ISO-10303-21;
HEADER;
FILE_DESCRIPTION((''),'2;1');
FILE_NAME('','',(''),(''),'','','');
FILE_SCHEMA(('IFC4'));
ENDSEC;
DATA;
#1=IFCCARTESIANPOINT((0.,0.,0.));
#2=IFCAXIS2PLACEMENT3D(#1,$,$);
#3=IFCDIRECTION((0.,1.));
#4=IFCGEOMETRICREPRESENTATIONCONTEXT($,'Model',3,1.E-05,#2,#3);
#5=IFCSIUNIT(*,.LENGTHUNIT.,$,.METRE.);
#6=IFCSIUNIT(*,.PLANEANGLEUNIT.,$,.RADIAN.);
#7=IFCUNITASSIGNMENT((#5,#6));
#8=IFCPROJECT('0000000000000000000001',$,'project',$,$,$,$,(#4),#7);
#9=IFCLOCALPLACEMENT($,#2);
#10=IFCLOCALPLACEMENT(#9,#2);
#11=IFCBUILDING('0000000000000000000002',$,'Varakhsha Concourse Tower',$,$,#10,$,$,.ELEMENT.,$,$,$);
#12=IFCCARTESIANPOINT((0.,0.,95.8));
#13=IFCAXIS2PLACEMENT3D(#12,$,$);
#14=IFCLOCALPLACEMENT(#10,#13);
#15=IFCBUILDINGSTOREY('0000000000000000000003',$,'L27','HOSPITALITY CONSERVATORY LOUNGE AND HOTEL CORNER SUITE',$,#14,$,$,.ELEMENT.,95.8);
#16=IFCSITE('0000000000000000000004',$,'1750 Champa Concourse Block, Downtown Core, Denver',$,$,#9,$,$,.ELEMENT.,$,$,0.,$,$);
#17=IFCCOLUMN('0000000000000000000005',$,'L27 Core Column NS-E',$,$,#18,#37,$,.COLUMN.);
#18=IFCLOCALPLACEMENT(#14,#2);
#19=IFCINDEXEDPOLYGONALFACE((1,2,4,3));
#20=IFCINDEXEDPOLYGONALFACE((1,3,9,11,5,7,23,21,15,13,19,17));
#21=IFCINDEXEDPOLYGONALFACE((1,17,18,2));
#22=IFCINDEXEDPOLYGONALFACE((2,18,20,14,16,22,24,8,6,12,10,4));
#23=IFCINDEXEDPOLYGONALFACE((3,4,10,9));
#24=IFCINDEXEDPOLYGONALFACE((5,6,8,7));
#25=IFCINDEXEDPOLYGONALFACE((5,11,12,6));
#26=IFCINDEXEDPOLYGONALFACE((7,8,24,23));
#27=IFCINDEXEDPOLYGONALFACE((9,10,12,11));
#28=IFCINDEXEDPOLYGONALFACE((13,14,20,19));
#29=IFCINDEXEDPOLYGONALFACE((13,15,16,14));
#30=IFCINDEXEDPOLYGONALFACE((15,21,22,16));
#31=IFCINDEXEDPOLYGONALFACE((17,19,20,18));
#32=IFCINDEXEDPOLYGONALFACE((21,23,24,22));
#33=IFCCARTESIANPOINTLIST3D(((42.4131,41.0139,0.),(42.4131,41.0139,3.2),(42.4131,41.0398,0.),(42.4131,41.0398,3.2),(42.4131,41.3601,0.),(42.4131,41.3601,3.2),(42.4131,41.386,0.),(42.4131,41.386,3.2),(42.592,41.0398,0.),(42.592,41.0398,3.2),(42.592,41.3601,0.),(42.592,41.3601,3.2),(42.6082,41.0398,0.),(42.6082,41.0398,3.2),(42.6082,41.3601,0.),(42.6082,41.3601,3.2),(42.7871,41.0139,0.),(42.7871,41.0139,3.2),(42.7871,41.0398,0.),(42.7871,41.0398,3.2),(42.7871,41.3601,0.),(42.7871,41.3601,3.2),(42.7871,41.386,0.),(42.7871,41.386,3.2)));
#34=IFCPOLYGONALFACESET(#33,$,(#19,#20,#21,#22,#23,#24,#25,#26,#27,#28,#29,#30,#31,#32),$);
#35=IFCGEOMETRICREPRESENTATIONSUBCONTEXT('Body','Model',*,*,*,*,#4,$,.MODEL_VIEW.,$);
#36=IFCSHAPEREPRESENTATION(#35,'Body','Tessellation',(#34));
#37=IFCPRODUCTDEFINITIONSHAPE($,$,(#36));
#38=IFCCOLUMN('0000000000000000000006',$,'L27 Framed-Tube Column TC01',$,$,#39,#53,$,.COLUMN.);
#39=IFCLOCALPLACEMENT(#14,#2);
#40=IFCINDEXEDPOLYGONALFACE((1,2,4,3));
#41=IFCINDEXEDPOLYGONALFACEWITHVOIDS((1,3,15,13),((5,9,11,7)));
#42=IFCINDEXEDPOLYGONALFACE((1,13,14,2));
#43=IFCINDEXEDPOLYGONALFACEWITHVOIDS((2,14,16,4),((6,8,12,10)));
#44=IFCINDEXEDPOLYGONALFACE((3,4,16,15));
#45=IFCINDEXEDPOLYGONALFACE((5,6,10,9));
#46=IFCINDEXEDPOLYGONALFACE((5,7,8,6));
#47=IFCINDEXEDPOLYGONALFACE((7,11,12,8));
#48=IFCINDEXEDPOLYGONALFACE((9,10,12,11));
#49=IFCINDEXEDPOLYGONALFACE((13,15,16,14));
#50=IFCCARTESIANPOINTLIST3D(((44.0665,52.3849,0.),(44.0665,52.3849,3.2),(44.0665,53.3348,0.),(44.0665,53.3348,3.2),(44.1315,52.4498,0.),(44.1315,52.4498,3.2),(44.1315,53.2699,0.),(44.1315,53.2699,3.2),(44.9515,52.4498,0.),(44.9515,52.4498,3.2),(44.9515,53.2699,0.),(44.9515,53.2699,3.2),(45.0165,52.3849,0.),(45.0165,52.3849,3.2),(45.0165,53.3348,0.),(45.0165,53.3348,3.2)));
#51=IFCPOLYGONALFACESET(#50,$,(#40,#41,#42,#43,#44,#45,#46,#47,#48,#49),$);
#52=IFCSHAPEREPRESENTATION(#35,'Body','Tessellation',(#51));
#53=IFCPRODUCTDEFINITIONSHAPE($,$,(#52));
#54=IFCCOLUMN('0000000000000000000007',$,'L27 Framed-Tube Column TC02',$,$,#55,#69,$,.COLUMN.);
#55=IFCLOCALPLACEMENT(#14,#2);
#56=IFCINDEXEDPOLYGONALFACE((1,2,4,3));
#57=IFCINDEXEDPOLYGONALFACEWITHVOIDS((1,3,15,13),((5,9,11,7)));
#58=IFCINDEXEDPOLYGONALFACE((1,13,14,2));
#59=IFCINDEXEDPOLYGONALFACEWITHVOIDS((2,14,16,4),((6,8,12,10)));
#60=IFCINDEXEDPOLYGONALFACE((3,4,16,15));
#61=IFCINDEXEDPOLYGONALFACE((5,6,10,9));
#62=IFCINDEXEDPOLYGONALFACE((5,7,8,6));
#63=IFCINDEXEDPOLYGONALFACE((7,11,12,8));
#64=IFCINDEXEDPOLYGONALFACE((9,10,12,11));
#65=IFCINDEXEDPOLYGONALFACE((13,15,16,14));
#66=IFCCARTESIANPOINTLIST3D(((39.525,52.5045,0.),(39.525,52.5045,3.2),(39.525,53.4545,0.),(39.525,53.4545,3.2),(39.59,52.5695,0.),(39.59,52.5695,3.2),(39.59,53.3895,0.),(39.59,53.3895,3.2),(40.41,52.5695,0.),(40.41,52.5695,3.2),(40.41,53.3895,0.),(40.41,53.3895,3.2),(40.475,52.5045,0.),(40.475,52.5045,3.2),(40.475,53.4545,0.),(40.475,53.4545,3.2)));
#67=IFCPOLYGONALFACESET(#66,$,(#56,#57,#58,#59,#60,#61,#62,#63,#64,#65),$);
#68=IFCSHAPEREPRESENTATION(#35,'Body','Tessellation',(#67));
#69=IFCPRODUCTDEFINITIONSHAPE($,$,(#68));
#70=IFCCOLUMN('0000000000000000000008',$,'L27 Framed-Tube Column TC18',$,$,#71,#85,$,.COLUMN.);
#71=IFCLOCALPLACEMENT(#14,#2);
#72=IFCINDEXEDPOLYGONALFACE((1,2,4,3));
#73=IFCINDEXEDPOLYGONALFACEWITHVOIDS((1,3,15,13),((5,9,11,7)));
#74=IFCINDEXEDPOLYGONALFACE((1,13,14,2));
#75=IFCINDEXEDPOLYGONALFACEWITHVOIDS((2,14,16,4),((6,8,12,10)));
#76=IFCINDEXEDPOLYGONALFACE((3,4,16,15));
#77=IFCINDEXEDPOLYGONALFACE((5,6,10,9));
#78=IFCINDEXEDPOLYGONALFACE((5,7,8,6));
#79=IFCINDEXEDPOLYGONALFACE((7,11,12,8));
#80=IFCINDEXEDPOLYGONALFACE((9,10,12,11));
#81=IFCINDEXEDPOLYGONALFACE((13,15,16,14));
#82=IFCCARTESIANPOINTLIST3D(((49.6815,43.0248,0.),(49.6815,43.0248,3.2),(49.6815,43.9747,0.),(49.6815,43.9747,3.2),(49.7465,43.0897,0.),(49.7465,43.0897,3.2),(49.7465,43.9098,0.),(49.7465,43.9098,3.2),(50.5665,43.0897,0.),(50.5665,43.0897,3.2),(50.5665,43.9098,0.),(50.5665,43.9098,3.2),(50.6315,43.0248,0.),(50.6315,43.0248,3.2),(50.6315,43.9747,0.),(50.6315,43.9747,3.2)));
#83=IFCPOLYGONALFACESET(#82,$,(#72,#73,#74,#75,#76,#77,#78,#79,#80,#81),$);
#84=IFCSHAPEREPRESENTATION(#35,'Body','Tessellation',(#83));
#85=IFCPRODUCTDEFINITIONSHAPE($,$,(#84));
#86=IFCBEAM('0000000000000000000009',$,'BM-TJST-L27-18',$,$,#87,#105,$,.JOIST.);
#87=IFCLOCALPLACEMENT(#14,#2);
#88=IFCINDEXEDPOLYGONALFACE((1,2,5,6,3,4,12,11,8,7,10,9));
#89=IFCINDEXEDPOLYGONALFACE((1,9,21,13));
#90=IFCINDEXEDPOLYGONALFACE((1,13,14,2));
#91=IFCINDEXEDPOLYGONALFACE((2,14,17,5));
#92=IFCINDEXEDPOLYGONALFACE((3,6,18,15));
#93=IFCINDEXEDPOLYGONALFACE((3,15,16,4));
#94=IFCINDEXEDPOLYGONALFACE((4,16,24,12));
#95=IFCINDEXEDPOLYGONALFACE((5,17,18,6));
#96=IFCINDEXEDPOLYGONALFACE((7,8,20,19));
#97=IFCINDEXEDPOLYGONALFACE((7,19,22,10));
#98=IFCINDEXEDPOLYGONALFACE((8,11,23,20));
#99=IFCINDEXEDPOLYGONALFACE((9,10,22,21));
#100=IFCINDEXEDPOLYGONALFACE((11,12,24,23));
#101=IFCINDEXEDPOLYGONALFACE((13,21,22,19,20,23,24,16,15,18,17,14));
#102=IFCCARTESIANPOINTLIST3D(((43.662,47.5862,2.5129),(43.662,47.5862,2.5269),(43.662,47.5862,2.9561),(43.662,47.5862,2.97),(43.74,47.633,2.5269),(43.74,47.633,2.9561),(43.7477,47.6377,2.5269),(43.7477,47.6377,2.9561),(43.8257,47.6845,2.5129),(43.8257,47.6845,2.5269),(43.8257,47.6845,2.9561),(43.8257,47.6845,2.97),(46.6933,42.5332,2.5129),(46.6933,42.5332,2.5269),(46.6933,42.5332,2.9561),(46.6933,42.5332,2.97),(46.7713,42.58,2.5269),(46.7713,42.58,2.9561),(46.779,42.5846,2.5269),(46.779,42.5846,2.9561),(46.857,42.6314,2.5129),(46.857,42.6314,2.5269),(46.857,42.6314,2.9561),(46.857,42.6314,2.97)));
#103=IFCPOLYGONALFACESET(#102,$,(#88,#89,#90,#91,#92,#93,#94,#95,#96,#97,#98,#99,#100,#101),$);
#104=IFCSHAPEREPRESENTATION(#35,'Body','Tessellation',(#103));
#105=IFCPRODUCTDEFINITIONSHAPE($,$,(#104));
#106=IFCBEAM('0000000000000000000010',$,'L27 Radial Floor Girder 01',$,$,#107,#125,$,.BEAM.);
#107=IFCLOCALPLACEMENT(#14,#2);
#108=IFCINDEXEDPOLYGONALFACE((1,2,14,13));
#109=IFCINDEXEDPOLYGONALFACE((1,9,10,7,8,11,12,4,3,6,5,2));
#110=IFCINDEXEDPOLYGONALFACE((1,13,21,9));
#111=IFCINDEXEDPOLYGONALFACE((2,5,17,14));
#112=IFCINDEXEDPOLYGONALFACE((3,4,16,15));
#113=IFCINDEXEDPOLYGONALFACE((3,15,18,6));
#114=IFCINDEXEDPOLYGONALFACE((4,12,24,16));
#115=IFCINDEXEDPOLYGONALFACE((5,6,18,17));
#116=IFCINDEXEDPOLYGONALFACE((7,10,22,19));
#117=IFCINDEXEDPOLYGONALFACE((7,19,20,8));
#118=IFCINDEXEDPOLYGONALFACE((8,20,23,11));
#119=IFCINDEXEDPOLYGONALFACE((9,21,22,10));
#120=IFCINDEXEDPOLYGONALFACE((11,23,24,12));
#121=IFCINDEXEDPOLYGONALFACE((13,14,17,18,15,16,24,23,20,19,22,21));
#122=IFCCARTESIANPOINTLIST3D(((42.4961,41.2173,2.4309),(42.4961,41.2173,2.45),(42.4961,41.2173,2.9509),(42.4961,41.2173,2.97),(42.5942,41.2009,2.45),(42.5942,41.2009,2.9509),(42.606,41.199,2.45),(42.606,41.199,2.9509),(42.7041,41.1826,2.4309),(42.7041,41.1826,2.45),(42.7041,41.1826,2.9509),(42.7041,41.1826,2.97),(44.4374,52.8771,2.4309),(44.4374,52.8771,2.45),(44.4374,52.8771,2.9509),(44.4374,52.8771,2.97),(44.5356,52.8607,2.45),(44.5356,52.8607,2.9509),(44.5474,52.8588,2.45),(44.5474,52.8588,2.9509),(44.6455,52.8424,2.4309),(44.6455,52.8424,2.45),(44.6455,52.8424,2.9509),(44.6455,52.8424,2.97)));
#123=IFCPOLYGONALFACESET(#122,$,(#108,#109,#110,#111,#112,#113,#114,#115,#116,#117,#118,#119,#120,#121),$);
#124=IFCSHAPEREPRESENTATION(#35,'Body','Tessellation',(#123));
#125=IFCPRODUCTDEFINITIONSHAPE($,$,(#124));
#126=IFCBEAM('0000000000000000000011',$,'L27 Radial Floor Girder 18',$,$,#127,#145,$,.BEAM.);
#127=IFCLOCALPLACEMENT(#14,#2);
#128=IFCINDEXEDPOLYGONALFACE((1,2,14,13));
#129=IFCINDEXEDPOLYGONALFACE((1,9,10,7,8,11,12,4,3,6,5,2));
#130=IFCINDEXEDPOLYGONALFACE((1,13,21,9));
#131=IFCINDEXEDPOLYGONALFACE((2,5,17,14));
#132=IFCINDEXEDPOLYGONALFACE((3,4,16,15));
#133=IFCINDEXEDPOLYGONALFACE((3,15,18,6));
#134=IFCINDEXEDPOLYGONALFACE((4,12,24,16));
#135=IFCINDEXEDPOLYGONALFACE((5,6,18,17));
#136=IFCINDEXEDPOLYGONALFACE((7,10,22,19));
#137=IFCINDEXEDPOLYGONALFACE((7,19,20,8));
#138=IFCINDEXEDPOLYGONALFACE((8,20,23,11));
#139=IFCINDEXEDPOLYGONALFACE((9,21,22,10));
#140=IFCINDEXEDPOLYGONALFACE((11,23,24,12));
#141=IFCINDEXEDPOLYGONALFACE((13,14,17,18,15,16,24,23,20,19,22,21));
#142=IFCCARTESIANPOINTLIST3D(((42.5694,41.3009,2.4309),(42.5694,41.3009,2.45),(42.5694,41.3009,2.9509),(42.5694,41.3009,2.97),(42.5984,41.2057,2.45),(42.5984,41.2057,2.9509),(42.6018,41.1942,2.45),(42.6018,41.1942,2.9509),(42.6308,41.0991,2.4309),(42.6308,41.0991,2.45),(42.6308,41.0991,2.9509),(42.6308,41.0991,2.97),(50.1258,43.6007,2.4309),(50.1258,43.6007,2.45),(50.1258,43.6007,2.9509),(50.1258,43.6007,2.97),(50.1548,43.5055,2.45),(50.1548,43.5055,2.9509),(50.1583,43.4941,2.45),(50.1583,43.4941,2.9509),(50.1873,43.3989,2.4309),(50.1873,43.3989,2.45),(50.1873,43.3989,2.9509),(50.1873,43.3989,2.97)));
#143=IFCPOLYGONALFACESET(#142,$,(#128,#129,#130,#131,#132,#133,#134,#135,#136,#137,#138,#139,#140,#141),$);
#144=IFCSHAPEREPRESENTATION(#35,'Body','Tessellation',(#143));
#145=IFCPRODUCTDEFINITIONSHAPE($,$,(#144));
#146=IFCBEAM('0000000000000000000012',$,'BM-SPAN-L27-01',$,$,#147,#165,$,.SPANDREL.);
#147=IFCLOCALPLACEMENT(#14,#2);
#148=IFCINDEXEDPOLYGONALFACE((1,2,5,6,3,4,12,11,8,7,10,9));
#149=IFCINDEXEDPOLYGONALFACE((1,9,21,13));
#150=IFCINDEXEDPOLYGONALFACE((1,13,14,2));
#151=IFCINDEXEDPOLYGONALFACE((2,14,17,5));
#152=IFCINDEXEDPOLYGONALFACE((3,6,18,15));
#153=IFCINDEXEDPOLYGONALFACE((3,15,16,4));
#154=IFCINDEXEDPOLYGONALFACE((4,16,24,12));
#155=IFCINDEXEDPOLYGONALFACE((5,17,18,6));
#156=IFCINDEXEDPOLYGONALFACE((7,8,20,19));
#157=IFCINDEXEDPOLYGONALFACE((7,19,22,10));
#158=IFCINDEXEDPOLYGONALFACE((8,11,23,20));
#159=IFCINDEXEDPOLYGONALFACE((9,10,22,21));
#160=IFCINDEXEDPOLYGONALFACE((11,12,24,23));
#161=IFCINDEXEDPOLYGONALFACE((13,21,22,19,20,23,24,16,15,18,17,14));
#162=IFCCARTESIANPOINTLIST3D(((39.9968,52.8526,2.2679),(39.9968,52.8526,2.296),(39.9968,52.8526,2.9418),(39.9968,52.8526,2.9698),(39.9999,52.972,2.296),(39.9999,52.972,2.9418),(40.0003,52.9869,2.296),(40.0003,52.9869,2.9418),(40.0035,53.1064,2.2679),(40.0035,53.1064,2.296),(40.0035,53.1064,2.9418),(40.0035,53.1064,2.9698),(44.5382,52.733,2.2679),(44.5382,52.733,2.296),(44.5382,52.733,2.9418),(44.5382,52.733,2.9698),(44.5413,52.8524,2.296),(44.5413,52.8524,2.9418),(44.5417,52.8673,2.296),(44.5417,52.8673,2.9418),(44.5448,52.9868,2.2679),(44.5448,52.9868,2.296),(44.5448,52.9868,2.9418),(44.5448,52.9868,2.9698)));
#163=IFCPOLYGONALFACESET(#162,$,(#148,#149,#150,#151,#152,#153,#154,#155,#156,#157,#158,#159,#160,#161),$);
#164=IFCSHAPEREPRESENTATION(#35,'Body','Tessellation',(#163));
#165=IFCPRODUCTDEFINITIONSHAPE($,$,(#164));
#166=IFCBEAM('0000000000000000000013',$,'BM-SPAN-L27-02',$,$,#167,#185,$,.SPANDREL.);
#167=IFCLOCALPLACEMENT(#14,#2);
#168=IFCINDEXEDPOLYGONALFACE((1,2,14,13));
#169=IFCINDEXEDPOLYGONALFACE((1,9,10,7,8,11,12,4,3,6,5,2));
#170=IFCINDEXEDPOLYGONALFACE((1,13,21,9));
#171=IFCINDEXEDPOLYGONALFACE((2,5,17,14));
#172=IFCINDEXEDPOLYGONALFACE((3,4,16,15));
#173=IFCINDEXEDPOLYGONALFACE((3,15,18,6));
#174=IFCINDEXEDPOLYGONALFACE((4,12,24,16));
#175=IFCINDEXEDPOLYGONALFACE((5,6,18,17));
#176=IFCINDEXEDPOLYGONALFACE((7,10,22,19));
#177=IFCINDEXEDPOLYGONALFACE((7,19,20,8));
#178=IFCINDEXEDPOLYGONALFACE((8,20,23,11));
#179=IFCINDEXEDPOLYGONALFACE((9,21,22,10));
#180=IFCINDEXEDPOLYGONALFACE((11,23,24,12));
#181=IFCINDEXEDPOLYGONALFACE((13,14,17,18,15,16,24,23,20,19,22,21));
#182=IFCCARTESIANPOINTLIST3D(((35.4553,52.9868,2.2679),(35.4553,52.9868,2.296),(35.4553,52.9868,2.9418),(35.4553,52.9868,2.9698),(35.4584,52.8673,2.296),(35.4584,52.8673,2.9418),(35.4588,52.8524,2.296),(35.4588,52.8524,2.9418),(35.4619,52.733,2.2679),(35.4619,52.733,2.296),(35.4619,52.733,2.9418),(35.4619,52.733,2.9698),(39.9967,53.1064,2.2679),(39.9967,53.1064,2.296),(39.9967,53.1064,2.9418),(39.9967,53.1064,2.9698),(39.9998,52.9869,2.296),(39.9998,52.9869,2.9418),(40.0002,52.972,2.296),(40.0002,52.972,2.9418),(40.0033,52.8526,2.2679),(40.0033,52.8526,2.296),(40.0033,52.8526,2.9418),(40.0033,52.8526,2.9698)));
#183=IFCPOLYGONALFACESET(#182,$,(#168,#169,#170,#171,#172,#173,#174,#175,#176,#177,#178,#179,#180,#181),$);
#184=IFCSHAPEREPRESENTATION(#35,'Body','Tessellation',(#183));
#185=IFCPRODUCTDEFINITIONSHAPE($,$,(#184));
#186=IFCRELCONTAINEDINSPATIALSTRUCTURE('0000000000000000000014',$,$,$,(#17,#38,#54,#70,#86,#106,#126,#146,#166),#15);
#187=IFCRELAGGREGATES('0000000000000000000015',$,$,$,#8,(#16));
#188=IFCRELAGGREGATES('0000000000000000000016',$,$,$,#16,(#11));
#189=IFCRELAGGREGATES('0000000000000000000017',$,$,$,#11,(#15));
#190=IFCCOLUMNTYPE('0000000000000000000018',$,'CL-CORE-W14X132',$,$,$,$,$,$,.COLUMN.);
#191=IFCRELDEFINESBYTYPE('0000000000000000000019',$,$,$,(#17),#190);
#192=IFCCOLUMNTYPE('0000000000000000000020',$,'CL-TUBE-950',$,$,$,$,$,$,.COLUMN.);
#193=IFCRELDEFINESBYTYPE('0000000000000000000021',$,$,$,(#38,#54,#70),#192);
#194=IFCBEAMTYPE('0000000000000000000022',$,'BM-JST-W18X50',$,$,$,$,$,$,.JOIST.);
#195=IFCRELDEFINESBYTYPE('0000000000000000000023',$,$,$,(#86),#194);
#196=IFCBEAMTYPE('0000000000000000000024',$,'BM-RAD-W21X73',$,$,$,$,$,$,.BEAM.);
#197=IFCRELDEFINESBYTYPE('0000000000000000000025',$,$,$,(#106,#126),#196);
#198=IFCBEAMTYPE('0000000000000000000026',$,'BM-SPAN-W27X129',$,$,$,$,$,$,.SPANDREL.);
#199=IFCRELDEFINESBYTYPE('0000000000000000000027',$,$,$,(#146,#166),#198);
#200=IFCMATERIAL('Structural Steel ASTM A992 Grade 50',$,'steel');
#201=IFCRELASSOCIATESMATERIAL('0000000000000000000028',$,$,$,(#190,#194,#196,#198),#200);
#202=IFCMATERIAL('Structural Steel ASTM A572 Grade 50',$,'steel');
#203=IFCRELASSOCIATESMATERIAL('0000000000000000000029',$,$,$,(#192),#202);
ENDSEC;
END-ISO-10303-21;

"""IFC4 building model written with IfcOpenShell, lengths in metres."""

from ifc_helpers import new_model, si_unit, direction, frame, origin, origin_2d, place, context, subcontext, project, spatial, hollow_rectangle, i_section, extrude, material, material_profile, profile_set, type_object, element, save


model = new_model("IFC4")

# Units and contexts
model_context = context("Model", 3, precision=1e-05, world=origin(), true_north=direction((0.0, 1.0)))
body_context = subcontext(model_context, "Body", "Model", "MODEL_VIEW")
ifc_project = project(units=[si_unit("LENGTHUNIT", "METRE"), si_unit("PLANEANGLEUNIT", "RADIAN")], contexts=[model_context])

# Site, building, storey
site_placement = place(None, origin())
site = spatial("IfcSite", under=ifc_project, at=site_placement, Name="1750 Champa Concourse Block, Downtown Core, Denver", CompositionType="ELEMENT", RefElevation=0.0)
building_placement = place(site_placement, origin())
building = spatial("IfcBuilding", under=site, at=building_placement, Name="Varakhsha Concourse Tower", CompositionType="ELEMENT")
storey_placement = place(building_placement, frame((0.0, 0.0, 95.8)))
storey = spatial("IfcBuildingStorey", under=building, at=storey_placement, Name="L27", Description="HOSPITALITY CONSERVATORY LOUNGE AND HOTEL CORNER SUITE", CompositionType="ELEMENT", Elevation=95.8)

# Columns
ifc_material_1 = material(Name="Structural Steel ASTM A992 Grade 50", Category="steel")
ifc_material_profile_1 = material_profile(ifc_material_1, i_section(OverallWidth=0.374, OverallDepth=0.3721, WebThickness=0.0161, FlangeThickness=0.0259, at=origin_2d()), Name="W14X132")
ifc_profile_set_1 = profile_set([ifc_material_profile_1], Name="Structural Steel ASTM A992 Grade 50")
column_type_1 = type_object("IfcColumnType", Name="CL-CORE-W14X132", PredefinedType="COLUMN", material=ifc_profile_set_1)
column_placement = place(storey_placement, frame((42.6001, 41.2, 0.0), z_axis=(0.0, 0.0, 1.0), x_axis=(1.0, 0.0, 0.0)))
element("IfcColumn", 1, at=column_placement, inside=storey, type_object=column_type_1, Name="L27 Core Column NS-E", PredefinedType="COLUMN", context=body_context, shape_type="SweptSolid", body=[
    extrude(i_section(OverallWidth=0.374, OverallDepth=0.3721, WebThickness=0.0161, FlangeThickness=0.0259, at=origin_2d()), origin(), (0.0, 0.0, 1.0), 3.2),
])
ifc_material_2 = material(Name="Structural Steel ASTM A572 Grade 50", Category="steel")
ifc_material_profile_2 = material_profile(ifc_material_2, hollow_rectangle(XDim=0.95, YDim=0.95, WallThickness=0.0649, at=origin_2d()), Name="BOX 950x950x65")
ifc_profile_set_2 = profile_set([ifc_material_profile_2], Name="Structural Steel ASTM A572 Grade 50")
column_type_2 = type_object("IfcColumnType", Name="CL-TUBE-950", PredefinedType="COLUMN", material=ifc_profile_set_2)
for number, where, z_axis, x_axis, name in (
    (2, (44.5415, 52.8599, 0.0), (0.0, 0.0, 1.0), (1.0, 0.0, 0.0), "L27 Framed-Tube Column TC01"),
    (3, (40.0, 52.9795, 0.0), (0.0, 0.0, 1.0), (1.0, 0.0, 0.0), "L27 Framed-Tube Column TC02"),
    (4, (50.1565, 43.4998, 0.0), (0.0, 0.0, 1.0), (1.0, 0.0, 0.0), "L27 Framed-Tube Column TC18"),
):
    element("IfcColumn", number, at=place(storey_placement, frame(where, z_axis=z_axis, x_axis=x_axis)), inside=storey, type_object=column_type_2, Name=name, PredefinedType="COLUMN", context=body_context, shape_type="SweptSolid", body=[
        extrude(hollow_rectangle(XDim=0.95, YDim=0.95, WallThickness=0.0649, at=origin_2d()), origin(), (0.0, 0.0, 1.0), 3.2),
    ])

# Beams
ifc_material_profile_3 = material_profile(ifc_material_1, i_section(OverallWidth=0.1909, OverallDepth=0.457, WebThickness=0.009, FlangeThickness=0.0139, at=origin_2d()), Name="W18X50")
ifc_profile_set_3 = profile_set([ifc_material_profile_3], Name="Structural Steel ASTM A992 Grade 50")
beam_type_1 = type_object("IfcBeamType", Name="BM-JST-W18X50", PredefinedType="JOIST", material=ifc_profile_set_3)
beam_1_placement = place(storey_placement, frame((46.7751, 42.5823, 2.7415), z_axis=(-0.514429, 0.857533, 0.0), x_axis=(-0.857533, -0.514429, 0.0)))
element("IfcBeam", 5, at=beam_1_placement, inside=storey, type_object=beam_type_1, Name="BM-TJST-L27-18", PredefinedType="JOIST", context=body_context, shape_type="SweptSolid", body=[
    extrude(i_section(OverallWidth=0.1909, OverallDepth=0.457, WebThickness=0.009, FlangeThickness=0.0139, at=origin_2d()), origin(), (0.0, 0.0, 1.0), 5.8926),
])
ifc_material_profile_4 = material_profile(ifc_material_1, i_section(OverallWidth=0.2109, OverallDepth=0.5391, WebThickness=0.012, FlangeThickness=0.019, at=origin_2d()), Name="W21X73")
ifc_profile_set_4 = profile_set([ifc_material_profile_4], Name="Structural Steel ASTM A992 Grade 50")
beam_type_2 = type_object("IfcBeamType", Name="BM-RAD-W21X73", PredefinedType="BEAM", material=ifc_profile_set_4)
beam_2_placement = place(storey_placement, frame((42.6001, 41.2, 2.7004), z_axis=(0.164242, 0.98642, 0.0), x_axis=(-0.98642, 0.164242, 0.0)))
element("IfcBeam", 6, at=beam_2_placement, inside=storey, type_object=beam_type_2, Name="L27 Radial Floor Girder 01", PredefinedType="BEAM", context=body_context, shape_type="SweptSolid", body=[
    extrude(i_section(OverallWidth=0.2109, OverallDepth=0.5391, WebThickness=0.012, FlangeThickness=0.019, at=origin_2d()), origin(), (0.0, 0.0, 1.0), 11.8203),
])
beam_3_placement = place(storey_placement, frame((42.6001, 41.2, 2.7004), z_axis=(0.956673, 0.291165, 0.0), x_axis=(-0.291165, 0.956673, 0.0)))
element("IfcBeam", 7, at=beam_3_placement, inside=storey, type_object=beam_type_2, Name="L27 Radial Floor Girder 18", PredefinedType="BEAM", context=body_context, shape_type="SweptSolid", body=[
    extrude(i_section(OverallWidth=0.2109, OverallDepth=0.5391, WebThickness=0.012, FlangeThickness=0.019, at=origin_2d()), origin(), (0.0, 0.0, 1.0), 7.8987),
])
ifc_material_profile_5 = material_profile(ifc_material_1, i_section(OverallWidth=0.2539, OverallDepth=0.7019, WebThickness=0.0149, FlangeThickness=0.0281, at=origin_2d()), Name="W27X129")
ifc_profile_set_5 = profile_set([ifc_material_profile_5], Name="Structural Steel ASTM A992 Grade 50")
beam_type_3 = type_object("IfcBeamType", Name="BM-SPAN-W27X129", PredefinedType="SPANDREL", material=ifc_profile_set_5)
for number, where, z_axis, x_axis, name in (
    (8, (44.5415, 52.8599, 2.6189), (-0.999653, 0.026332, 0.0), (-0.026332, -0.999653, 0.0), "BM-SPAN-L27-01"),
    (9, (40.0, 52.9795, 2.6189), (-0.999653, -0.026332, 0.0), (0.026332, -0.999653, 0.0), "BM-SPAN-L27-02"),
):
    element("IfcBeam", number, at=place(storey_placement, frame(where, z_axis=z_axis, x_axis=x_axis)), inside=storey, type_object=beam_type_3, Name=name, PredefinedType="SPANDREL", context=body_context, shape_type="SweptSolid", body=[
        extrude(i_section(OverallWidth=0.2539, OverallDepth=0.7019, WebThickness=0.0149, FlangeThickness=0.0281, at=origin_2d()), origin(), (0.0, 0.0, 1.0), 4.543),
    ])

save(model, "model.ifc")
